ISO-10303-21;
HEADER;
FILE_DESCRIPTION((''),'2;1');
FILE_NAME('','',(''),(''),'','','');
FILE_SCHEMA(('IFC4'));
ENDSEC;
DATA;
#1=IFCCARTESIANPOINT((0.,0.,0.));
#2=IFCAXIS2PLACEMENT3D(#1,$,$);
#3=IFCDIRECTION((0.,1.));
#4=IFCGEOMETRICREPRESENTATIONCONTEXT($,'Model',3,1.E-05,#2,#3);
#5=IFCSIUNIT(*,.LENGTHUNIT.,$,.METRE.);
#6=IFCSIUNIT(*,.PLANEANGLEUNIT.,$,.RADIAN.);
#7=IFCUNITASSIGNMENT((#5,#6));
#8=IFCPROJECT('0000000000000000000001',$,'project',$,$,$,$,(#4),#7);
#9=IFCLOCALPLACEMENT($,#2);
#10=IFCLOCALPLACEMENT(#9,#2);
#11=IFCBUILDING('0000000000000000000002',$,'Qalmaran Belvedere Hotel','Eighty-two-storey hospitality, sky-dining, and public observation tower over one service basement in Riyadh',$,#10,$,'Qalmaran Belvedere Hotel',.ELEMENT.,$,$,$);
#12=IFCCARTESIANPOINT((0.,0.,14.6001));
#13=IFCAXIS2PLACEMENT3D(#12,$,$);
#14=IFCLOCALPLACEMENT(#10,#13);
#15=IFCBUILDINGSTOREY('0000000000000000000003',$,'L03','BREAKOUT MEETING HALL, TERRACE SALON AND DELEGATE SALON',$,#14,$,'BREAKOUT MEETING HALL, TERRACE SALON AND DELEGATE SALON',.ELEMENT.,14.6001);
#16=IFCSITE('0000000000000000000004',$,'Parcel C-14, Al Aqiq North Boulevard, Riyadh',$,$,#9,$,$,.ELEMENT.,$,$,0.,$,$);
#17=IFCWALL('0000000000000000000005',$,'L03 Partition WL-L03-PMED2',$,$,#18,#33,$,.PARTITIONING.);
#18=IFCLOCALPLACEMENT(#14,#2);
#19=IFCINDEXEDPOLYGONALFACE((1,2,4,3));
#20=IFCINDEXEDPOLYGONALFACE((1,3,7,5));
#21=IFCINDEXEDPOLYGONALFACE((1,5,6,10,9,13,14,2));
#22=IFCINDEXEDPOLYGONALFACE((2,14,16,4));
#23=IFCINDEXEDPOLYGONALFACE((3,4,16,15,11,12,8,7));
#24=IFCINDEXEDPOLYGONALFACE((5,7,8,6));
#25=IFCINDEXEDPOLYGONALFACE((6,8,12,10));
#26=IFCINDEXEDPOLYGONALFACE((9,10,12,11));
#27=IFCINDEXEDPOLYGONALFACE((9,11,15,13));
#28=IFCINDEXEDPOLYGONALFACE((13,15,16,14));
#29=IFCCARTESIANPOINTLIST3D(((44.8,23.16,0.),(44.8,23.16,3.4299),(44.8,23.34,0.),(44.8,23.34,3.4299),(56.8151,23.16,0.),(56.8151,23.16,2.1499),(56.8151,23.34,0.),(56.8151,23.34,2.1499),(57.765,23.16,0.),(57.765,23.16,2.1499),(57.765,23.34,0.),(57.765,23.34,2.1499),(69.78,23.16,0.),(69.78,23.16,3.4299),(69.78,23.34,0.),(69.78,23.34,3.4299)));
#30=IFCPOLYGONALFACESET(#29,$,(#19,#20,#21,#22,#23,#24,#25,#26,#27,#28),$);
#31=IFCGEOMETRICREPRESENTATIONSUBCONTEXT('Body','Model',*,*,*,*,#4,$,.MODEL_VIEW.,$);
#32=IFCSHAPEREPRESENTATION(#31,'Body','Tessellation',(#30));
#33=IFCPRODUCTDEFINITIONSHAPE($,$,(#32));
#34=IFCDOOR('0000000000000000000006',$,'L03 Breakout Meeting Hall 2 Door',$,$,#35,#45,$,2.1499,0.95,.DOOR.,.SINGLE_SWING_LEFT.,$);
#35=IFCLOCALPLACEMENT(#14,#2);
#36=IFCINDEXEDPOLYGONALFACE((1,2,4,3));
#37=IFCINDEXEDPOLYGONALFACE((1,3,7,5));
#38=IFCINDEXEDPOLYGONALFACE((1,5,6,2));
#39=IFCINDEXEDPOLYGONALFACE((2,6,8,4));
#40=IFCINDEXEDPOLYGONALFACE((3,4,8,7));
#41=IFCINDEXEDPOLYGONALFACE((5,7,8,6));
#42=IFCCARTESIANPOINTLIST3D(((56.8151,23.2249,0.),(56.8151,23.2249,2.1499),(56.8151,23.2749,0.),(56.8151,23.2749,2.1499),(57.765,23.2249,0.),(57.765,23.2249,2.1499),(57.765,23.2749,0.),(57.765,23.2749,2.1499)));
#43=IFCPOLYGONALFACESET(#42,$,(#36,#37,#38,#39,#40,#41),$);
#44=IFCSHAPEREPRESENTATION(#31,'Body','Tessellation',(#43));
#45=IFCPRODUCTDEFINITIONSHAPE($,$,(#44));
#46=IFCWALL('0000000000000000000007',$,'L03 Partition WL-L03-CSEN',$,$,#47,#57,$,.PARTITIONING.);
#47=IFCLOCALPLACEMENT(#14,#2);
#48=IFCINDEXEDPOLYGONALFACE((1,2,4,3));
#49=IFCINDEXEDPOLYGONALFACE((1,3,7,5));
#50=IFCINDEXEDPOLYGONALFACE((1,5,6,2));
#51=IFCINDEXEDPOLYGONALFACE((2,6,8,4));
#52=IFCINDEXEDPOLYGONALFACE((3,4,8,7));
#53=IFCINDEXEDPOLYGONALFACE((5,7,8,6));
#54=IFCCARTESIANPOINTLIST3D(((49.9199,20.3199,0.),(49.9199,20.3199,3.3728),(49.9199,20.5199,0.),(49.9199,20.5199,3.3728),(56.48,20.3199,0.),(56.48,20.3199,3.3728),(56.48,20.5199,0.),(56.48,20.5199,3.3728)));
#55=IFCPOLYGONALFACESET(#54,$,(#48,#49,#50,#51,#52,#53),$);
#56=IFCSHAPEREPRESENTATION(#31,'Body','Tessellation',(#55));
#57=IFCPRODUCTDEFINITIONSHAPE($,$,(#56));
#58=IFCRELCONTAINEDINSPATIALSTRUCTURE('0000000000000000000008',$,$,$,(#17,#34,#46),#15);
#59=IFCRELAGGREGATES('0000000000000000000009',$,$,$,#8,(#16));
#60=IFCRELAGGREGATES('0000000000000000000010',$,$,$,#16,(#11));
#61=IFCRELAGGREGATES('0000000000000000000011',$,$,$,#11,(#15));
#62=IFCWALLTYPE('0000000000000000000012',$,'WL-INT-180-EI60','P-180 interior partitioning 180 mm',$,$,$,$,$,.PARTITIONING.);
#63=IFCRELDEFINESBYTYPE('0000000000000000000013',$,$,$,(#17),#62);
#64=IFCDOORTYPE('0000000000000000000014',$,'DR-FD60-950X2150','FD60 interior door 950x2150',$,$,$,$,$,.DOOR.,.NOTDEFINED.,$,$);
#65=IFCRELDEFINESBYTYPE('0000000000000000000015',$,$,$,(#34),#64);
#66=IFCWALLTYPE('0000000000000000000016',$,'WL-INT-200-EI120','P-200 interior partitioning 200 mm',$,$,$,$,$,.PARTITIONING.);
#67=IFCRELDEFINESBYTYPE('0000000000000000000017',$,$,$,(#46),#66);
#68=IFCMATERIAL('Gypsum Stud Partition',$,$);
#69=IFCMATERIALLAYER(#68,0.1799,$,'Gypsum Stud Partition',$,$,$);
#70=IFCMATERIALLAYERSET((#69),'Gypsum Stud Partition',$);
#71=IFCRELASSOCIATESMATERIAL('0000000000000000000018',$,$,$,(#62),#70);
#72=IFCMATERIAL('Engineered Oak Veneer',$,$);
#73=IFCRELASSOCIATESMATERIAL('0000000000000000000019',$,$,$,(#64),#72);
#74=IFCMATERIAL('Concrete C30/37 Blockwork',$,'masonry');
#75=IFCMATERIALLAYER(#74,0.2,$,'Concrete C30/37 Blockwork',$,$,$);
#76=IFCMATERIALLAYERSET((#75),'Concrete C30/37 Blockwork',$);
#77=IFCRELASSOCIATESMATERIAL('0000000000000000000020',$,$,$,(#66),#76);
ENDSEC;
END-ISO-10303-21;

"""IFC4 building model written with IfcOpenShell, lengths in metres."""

from ifc_helpers import new_model, si_unit, direction, frame, frame_2d, origin, place, context, subcontext, project, spatial, rectangle, extrude, material, layer, layer_set, type_object, element, fill, save


model = new_model("IFC4")

# Units and contexts
model_context = context("Model", 3, precision=1e-05, world=origin(), true_north=direction((0.0, 1.0)))
body_context = subcontext(model_context, "Body", "Model", "MODEL_VIEW")
ifc_project = project(units=[si_unit("LENGTHUNIT", "METRE"), si_unit("PLANEANGLEUNIT", "RADIAN")], contexts=[model_context])

# Site, building, storey
site_placement = place(None, origin())
site = spatial("IfcSite", under=ifc_project, at=site_placement, Name="Parcel C-14, Al Aqiq North Boulevard, Riyadh", CompositionType="ELEMENT", RefElevation=0.0)
building_placement = place(site_placement, origin())
building = spatial("IfcBuilding", under=site, at=building_placement, Name="Qalmaran Belvedere Hotel", Description="Eighty-two-storey hospitality, sky-dining, and public observation tower over one service basement in Riyadh", LongName="Qalmaran Belvedere Hotel", CompositionType="ELEMENT")
storey_placement = place(building_placement, frame((0.0, 0.0, 14.6001)))
storey = spatial("IfcBuildingStorey", under=building, at=storey_placement, Name="L03", Description="BREAKOUT MEETING HALL, TERRACE SALON AND DELEGATE SALON", LongName="BREAKOUT MEETING HALL, TERRACE SALON AND DELEGATE SALON", CompositionType="ELEMENT", Elevation=14.6001)

# Shared definitions
ifc_material_1 = material(Name="Gypsum Stud Partition")

# Wall, opening, door
ifc_layer_1 = layer(ifc_material_1, 0.1799, Name="Gypsum Stud Partition")
ifc_layer_set_1 = layer_set([ifc_layer_1], Name="Gypsum Stud Partition")
wall_type_1 = type_object("IfcWallType", Name="WL-INT-180-EI60", Description="P-180 interior partitioning 180 mm", PredefinedType="PARTITIONING", material=ifc_layer_set_1)
wall_1_placement = place(storey_placement, frame((44.8, 23.25, 0.0), z_axis=(0.0, 0.0, 1.0), x_axis=(1.0, 0.0, 0.0)))
wall_1 = element("IfcWall", 1, at=wall_1_placement, inside=storey, type_object=wall_type_1, Name="L03 Partition WL-L03-PMED2", PredefinedType="PARTITIONING", context=body_context, shape_type="SweptSolid", body=[
    extrude(rectangle(XDim=24.98, YDim=0.1799, at=frame_2d((12.49, 0.0))), origin(), (0.0, 0.0, 1.0), 3.4299),
])
opening_placement = place(wall_1_placement, frame((12.0149, 0.0, 0.0)))
opening = element("IfcOpeningElement", 2, at=opening_placement, cuts=wall_1, PredefinedType="OPENING", context=body_context, shape_type="SweptSolid", body=[
    extrude(rectangle(XDim=0.95, YDim=2.1499, at=frame_2d((0.4751, 1.075))), frame((0.0, 0.1001, 0.0), z_axis=(0.0, -1.0, 0.0), x_axis=(1.0, 0.0, 0.0)), (0.0, 0.0, 1.0), 0.2),
])
ifc_material_2 = material(Name="Engineered Oak Veneer")
door_type = type_object("IfcDoorType", Name="DR-FD60-950X2150", Description="FD60 interior door 950x2150", OperationType="NOTDEFINED", PredefinedType="DOOR", material=ifc_material_2)
door_placement = place(opening_placement, origin())
door = element("IfcDoor", 3, at=door_placement, inside=storey, type_object=door_type, Name="L03 Breakout Meeting Hall 2 Door", OperationType="SINGLE_SWING_LEFT", OverallHeight=2.1499, OverallWidth=0.95, PredefinedType="DOOR", context=body_context, shape_type="SweptSolid", body=[
    extrude(rectangle(XDim=0.95, YDim=2.1499, at=frame_2d((0.4751, 1.075))), frame((0.0, 0.0249, 0.0), z_axis=(0.0, -1.0, 0.0), x_axis=(1.0, 0.0, 0.0)), (0.0, 0.0, 1.0), 0.05),
])
fill(opening, door)

# Wall
ifc_material_3 = material(Name="Concrete C30/37 Blockwork", Category="masonry")
ifc_layer_2 = layer(ifc_material_3, 0.2, Name="Concrete C30/37 Blockwork")
ifc_layer_set_2 = layer_set([ifc_layer_2], Name="Concrete C30/37 Blockwork")
wall_type_2 = type_object("IfcWallType", Name="WL-INT-200-EI120", Description="P-200 interior partitioning 200 mm", PredefinedType="PARTITIONING", material=ifc_layer_set_2)
wall_2_placement = place(storey_placement, frame((49.9199, 20.4199, 0.0), z_axis=(0.0, 0.0, 1.0), x_axis=(1.0, 0.0, 0.0)))
element("IfcWall", 4, at=wall_2_placement, inside=storey, type_object=wall_type_2, Name="L03 Partition WL-L03-CSEN", PredefinedType="PARTITIONING", context=body_context, shape_type="SweptSolid", body=[
    extrude(rectangle(XDim=6.5601, YDim=0.2, at=frame_2d((3.28, 0.0))), origin(), (0.0, 0.0, 1.0), 3.3728),
])

save(model, "model.ifc")
